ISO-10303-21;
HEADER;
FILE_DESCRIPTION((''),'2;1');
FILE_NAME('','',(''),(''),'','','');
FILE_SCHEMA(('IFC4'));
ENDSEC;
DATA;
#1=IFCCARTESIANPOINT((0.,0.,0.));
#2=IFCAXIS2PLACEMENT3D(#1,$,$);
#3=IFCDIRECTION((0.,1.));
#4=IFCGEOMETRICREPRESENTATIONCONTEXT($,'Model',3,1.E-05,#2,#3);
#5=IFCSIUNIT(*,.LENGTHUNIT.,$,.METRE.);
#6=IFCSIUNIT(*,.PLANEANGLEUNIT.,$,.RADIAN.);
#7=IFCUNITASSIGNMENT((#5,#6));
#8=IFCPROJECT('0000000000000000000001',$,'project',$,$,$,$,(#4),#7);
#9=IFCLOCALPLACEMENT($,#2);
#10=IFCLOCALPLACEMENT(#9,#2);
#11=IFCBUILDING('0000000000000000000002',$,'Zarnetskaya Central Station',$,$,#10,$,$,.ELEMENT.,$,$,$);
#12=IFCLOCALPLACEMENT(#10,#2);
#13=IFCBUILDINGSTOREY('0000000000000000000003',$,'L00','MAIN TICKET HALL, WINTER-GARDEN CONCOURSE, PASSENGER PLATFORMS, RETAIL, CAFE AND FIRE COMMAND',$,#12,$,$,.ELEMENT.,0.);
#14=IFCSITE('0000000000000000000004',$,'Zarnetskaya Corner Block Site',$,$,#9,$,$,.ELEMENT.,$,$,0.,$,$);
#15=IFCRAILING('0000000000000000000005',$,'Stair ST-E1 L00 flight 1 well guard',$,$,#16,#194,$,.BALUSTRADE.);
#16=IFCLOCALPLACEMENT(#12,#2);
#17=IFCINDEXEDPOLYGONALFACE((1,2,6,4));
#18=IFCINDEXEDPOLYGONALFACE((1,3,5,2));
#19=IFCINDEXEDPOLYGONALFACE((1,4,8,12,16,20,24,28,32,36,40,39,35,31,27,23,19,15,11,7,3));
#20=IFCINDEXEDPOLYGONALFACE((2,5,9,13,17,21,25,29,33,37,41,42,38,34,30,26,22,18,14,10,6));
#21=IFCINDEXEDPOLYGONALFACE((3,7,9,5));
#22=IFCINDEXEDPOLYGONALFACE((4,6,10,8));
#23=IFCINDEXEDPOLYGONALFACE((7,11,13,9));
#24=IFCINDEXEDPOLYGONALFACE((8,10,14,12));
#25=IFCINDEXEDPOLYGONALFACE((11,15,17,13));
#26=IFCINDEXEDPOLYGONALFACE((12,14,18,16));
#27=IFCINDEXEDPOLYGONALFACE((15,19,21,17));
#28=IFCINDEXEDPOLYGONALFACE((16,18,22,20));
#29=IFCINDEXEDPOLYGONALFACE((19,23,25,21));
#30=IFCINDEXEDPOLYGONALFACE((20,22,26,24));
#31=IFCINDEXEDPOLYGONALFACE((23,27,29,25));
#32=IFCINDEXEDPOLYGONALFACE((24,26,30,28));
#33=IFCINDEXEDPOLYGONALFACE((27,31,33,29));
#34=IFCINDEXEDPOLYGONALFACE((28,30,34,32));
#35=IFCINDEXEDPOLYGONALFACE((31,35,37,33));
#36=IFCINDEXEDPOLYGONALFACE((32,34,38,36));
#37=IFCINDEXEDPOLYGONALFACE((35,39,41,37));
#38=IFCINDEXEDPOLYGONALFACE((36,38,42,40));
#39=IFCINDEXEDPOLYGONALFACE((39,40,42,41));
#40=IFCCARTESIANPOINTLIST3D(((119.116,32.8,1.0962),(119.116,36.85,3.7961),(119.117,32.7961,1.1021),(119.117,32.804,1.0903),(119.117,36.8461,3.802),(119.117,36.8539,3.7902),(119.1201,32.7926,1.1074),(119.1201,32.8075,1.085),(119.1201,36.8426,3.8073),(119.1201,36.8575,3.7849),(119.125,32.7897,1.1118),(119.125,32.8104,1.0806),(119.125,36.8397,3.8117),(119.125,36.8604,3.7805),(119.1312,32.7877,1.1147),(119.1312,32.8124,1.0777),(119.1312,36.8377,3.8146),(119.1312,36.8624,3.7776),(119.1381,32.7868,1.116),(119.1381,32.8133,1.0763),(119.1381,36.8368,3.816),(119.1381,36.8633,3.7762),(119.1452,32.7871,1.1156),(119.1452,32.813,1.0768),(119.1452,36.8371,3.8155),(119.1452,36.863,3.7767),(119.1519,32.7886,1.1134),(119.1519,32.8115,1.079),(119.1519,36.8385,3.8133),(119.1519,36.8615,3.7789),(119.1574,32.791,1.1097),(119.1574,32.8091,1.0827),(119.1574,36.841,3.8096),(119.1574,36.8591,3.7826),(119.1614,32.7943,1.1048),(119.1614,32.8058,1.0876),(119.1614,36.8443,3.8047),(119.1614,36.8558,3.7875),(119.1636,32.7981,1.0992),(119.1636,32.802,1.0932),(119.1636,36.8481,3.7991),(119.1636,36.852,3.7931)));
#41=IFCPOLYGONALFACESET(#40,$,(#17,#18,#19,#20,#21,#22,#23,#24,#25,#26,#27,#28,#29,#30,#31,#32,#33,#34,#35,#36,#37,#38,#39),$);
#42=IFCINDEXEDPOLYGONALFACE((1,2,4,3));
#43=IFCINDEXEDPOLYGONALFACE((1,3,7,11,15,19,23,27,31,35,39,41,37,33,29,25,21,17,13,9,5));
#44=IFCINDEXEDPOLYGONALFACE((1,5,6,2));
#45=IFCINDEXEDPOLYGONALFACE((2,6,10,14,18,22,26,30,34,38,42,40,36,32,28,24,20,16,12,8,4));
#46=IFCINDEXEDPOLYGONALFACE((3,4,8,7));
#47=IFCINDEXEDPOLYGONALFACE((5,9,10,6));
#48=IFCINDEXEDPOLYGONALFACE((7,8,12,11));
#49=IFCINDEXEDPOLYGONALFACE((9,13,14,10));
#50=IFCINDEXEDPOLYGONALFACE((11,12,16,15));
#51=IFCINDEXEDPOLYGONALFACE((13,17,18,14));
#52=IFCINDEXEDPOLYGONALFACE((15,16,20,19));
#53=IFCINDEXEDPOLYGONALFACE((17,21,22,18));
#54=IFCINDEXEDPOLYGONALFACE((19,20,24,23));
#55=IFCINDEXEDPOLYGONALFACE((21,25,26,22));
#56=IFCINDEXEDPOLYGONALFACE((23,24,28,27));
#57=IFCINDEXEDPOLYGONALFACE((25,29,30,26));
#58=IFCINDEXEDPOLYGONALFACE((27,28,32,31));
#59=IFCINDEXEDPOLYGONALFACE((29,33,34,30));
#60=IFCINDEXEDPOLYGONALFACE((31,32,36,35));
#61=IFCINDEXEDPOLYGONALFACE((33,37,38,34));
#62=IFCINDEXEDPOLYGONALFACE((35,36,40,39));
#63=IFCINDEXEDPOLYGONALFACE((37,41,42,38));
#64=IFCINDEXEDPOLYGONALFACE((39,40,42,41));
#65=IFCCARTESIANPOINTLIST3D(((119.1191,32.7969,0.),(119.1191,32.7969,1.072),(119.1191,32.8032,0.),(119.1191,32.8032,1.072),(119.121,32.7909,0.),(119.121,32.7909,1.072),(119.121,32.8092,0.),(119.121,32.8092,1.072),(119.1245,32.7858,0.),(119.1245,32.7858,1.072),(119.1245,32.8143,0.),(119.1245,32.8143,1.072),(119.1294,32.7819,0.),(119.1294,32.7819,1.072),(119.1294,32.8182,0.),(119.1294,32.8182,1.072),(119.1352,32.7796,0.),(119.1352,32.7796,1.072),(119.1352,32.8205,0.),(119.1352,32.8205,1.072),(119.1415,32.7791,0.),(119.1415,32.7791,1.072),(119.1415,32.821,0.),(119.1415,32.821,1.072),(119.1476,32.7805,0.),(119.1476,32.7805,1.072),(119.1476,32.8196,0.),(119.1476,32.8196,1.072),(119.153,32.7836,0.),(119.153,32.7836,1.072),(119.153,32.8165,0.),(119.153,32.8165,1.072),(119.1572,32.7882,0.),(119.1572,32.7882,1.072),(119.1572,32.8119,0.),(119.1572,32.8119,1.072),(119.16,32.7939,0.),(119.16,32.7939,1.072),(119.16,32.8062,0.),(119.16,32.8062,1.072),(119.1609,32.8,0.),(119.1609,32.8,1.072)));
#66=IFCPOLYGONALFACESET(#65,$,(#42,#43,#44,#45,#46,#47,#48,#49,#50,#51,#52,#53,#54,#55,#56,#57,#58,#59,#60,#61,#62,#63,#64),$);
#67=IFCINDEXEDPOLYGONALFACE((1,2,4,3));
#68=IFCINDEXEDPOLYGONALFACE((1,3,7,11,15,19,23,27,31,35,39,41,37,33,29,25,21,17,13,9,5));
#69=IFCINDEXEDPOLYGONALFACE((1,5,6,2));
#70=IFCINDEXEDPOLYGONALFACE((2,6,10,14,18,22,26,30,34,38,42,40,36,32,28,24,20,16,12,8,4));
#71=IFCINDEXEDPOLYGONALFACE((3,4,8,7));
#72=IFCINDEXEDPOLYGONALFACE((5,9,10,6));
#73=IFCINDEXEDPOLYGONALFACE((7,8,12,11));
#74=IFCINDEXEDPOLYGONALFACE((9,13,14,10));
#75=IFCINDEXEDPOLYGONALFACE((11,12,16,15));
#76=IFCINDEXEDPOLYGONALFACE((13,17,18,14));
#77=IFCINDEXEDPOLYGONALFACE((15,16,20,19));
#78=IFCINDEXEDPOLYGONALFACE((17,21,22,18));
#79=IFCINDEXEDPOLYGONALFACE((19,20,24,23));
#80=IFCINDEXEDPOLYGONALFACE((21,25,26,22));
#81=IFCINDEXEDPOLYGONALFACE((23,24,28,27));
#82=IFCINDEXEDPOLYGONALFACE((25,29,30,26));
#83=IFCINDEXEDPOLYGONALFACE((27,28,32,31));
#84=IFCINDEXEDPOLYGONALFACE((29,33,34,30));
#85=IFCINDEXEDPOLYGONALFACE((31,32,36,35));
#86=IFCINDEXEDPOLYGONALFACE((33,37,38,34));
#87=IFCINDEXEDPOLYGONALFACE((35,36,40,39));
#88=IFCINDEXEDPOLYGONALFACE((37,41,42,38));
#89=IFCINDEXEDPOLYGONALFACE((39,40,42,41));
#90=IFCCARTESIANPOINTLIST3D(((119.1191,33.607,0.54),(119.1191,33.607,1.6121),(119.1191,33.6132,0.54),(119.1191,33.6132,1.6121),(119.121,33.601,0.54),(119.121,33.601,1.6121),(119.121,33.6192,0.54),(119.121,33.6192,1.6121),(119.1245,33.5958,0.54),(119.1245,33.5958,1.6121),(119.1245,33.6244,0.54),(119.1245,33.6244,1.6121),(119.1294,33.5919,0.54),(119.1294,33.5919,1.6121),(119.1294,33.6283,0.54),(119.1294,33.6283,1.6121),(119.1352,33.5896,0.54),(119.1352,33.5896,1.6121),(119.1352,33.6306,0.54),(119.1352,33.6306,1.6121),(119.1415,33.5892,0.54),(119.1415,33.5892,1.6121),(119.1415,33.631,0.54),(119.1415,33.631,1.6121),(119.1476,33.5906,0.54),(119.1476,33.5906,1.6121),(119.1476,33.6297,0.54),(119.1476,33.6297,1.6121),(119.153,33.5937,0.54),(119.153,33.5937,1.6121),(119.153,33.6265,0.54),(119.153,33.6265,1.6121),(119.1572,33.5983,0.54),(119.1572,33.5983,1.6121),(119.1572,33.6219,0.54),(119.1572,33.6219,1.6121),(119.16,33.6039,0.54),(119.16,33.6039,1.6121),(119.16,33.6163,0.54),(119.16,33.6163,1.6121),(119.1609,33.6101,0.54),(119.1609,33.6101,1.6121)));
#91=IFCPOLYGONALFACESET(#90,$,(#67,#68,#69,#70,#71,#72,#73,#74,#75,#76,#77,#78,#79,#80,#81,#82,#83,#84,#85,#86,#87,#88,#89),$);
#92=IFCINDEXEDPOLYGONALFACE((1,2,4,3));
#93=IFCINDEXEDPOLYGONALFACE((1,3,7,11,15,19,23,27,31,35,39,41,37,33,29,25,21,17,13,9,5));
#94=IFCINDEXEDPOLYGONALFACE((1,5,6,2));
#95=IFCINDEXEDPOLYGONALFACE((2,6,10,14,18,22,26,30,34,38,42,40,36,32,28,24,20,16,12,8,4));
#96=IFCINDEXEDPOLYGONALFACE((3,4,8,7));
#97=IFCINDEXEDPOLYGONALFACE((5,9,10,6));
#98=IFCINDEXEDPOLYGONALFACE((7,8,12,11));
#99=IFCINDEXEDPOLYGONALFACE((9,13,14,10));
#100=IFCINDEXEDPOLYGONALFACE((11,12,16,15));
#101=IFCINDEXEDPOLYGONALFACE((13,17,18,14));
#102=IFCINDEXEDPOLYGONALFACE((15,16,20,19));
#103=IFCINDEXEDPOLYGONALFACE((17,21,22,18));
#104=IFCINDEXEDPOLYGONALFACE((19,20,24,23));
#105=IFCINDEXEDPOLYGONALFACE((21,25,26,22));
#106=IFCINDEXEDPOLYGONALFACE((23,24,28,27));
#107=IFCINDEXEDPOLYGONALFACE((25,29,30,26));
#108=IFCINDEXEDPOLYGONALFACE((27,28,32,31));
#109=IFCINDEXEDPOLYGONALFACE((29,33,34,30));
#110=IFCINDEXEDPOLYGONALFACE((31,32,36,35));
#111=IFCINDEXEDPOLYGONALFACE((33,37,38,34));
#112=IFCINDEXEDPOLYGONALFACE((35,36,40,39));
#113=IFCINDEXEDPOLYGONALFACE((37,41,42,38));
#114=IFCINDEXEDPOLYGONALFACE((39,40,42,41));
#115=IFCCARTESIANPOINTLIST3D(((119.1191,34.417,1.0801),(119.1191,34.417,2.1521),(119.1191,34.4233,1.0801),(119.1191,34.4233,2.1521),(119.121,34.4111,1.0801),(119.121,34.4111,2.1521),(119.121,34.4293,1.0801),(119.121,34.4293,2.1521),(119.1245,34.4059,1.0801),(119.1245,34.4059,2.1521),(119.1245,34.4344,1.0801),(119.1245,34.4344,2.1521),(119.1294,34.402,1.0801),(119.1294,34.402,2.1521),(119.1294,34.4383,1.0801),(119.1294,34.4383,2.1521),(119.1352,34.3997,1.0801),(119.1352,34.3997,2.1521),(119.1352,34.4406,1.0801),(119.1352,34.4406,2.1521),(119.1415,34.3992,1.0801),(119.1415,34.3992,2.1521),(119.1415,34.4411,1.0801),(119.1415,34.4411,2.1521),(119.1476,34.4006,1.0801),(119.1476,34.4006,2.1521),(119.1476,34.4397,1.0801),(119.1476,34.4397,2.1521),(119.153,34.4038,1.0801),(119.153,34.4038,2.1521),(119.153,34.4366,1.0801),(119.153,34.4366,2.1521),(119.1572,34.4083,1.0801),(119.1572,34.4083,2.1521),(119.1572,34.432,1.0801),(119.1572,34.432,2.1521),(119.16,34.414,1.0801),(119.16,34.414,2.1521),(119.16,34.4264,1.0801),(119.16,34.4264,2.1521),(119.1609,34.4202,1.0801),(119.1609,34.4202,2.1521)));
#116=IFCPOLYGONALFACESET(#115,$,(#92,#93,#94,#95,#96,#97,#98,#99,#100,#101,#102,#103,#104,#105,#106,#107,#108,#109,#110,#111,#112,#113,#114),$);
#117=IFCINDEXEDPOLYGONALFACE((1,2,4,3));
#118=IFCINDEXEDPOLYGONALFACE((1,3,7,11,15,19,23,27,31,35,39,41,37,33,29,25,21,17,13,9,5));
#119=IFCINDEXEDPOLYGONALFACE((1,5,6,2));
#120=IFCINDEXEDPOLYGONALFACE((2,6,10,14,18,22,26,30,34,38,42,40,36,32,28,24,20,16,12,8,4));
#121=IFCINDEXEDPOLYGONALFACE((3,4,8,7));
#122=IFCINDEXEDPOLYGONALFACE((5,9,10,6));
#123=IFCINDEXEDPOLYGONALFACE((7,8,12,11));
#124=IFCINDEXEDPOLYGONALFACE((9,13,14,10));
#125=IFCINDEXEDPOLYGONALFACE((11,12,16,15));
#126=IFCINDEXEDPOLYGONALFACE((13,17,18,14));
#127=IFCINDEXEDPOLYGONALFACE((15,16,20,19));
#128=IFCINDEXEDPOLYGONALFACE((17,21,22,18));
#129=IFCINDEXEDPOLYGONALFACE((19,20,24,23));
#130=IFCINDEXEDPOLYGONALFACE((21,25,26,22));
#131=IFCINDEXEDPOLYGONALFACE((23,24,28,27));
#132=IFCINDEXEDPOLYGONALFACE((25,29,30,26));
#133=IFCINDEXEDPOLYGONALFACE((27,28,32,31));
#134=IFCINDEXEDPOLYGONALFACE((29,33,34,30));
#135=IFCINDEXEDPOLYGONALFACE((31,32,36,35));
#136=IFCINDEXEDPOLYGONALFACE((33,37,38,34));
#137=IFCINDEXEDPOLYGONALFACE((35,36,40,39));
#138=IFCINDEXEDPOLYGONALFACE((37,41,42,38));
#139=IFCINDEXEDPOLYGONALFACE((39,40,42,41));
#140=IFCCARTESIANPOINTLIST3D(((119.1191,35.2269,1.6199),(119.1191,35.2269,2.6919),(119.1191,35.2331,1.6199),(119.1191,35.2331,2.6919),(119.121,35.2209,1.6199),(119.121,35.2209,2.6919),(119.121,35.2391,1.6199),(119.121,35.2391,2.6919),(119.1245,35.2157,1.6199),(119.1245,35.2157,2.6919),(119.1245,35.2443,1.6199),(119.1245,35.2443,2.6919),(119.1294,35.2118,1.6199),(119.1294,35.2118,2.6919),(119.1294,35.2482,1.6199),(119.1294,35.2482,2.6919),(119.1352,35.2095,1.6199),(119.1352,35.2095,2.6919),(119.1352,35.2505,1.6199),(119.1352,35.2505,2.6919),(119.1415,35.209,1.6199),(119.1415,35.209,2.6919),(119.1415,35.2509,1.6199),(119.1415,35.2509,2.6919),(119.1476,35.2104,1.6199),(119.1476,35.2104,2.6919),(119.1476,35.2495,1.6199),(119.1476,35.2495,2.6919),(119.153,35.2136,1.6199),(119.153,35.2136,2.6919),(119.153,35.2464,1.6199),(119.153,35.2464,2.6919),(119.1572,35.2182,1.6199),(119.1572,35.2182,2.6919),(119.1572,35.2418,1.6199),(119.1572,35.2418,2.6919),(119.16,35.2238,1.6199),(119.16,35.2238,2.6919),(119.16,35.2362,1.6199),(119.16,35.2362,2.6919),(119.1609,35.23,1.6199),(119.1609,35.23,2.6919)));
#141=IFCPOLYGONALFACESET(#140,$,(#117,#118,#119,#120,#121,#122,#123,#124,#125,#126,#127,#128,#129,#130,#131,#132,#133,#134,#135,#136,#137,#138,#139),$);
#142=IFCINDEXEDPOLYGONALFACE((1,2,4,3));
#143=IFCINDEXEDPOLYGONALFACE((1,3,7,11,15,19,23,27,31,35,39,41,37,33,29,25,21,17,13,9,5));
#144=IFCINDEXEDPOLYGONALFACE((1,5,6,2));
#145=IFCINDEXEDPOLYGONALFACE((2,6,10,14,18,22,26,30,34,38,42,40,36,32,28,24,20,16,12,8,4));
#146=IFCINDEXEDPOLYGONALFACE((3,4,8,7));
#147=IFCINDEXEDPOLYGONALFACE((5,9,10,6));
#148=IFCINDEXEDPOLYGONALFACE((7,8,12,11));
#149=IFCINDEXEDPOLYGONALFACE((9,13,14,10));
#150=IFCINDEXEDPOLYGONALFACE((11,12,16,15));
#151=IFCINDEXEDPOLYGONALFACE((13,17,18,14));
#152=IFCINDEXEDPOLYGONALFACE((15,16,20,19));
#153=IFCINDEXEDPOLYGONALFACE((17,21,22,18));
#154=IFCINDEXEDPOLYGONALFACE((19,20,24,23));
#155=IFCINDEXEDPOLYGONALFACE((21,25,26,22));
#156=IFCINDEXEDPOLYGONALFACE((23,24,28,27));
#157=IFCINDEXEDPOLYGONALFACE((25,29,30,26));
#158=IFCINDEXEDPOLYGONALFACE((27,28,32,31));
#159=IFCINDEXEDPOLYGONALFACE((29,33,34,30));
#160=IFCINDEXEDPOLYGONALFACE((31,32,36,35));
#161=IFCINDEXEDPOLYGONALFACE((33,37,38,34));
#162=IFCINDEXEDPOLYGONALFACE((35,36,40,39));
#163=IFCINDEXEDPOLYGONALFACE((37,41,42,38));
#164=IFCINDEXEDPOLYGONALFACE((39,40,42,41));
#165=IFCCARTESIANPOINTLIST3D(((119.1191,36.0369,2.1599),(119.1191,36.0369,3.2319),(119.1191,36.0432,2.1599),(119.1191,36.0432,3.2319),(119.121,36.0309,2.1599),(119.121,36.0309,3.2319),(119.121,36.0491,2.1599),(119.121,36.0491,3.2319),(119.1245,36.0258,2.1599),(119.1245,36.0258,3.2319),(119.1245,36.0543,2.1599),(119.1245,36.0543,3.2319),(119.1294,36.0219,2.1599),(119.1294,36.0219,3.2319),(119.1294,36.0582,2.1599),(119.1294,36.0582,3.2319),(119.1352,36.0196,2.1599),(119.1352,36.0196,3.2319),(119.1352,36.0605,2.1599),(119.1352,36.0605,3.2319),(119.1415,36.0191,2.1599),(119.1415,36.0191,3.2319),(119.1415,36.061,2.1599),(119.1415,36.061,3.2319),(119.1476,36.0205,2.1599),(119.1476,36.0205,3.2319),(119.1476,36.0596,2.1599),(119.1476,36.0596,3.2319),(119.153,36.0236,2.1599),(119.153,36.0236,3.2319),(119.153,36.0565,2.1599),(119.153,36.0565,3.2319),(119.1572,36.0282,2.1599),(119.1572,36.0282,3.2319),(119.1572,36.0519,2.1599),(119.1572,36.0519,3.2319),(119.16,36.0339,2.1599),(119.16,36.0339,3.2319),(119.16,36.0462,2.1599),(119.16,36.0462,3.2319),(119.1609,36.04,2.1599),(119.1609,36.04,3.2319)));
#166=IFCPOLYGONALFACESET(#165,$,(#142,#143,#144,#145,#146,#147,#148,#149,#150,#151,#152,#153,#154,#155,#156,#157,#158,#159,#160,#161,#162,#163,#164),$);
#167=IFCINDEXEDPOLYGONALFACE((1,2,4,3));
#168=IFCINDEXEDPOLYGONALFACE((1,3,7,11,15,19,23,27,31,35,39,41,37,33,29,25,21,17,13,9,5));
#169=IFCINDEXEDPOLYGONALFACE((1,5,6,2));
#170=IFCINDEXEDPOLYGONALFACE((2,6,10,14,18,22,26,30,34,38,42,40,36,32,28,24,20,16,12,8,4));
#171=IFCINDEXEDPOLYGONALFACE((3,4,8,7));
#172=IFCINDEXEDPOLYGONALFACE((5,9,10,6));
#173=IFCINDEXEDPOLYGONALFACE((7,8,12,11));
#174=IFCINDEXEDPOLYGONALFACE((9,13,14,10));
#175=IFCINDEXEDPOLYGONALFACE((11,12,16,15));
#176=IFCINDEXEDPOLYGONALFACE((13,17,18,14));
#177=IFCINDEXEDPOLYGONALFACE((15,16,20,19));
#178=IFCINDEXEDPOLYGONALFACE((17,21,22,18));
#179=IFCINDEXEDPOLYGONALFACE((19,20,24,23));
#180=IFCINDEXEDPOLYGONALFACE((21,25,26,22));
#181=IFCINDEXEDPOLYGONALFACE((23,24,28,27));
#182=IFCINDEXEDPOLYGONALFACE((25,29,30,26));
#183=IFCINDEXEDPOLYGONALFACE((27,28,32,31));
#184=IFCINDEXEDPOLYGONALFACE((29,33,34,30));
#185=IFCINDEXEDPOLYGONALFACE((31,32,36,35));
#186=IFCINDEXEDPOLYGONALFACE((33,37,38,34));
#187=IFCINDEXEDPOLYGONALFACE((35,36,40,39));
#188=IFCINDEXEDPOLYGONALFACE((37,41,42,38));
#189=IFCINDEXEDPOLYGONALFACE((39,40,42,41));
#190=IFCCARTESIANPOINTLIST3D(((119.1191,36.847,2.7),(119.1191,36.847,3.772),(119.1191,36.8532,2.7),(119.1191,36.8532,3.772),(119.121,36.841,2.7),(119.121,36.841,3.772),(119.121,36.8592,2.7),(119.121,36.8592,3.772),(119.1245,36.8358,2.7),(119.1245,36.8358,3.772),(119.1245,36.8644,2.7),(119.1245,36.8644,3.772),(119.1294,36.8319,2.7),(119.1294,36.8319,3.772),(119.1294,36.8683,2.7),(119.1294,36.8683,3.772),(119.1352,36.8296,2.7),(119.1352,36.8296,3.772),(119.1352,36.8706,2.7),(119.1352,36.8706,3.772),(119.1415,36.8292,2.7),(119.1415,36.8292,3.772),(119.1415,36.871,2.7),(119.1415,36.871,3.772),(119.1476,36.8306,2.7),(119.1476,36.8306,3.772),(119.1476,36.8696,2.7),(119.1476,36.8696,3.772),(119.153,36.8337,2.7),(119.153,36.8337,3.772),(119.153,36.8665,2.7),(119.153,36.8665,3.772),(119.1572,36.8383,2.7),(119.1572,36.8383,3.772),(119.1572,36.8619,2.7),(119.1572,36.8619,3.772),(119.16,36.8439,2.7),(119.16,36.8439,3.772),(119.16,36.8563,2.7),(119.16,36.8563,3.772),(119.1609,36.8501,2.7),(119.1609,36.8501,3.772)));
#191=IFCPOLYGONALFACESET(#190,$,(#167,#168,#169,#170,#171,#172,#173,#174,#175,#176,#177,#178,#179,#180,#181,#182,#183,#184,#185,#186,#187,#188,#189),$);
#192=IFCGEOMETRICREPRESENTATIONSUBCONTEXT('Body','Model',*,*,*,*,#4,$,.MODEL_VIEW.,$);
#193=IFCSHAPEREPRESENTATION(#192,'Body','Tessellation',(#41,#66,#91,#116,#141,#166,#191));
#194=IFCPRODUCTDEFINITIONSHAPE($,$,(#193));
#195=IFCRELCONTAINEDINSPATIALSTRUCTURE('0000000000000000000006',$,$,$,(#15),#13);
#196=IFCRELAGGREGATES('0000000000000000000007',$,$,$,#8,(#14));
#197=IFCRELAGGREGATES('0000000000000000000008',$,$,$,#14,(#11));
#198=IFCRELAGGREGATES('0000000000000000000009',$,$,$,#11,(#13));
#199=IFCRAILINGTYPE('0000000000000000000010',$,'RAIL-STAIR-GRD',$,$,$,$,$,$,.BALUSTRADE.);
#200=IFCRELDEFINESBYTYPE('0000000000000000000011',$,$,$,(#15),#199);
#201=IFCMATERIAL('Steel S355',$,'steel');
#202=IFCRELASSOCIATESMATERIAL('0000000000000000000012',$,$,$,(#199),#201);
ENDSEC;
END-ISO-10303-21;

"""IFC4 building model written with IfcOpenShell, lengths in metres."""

from ifc_helpers import new_model, si_unit, direction, frame, origin, origin_2d, place, context, subcontext, project, spatial, circle, extrude, material, type_object, element, save


model = new_model("IFC4")

# Units and contexts
model_context = context("Model", 3, precision=1e-05, world=origin(), true_north=direction((0.0, 1.0)))
body_context = subcontext(model_context, "Body", "Model", "MODEL_VIEW")
ifc_project = project(units=[si_unit("LENGTHUNIT", "METRE"), si_unit("PLANEANGLEUNIT", "RADIAN")], contexts=[model_context])

# Site, building, storey
site_placement = place(None, origin())
site = spatial("IfcSite", under=ifc_project, at=site_placement, Name="Zarnetskaya Corner Block Site", CompositionType="ELEMENT", RefElevation=0.0)
building_placement = place(site_placement, origin())
building = spatial("IfcBuilding", under=site, at=building_placement, Name="Zarnetskaya Central Station", CompositionType="ELEMENT")
storey_placement = place(building_placement, origin())
storey = spatial("IfcBuildingStorey", under=building, at=storey_placement, Name="L00", Description="MAIN TICKET HALL, WINTER-GARDEN CONCOURSE, PASSENGER PLATFORMS, RETAIL, CAFE AND FIRE COMMAND", CompositionType="ELEMENT", Elevation=0.0)

# Shared definitions
ifc_material_1 = material(Name="Steel S355", Category="steel")

# Railing
railing_type_1 = type_object("IfcRailingType", Name="RAIL-STAIR-GRD", PredefinedType="BALUSTRADE", material=ifc_material_1)
railing_1_placement = place(storey_placement, frame((119.1399, 32.8, 0.0)))
element("IfcRailing", 1, at=railing_1_placement, inside=storey, type_object=railing_type_1, Name="Stair ST-E1 L00 flight 1 well guard", PredefinedType="BALUSTRADE", context=body_context, shape_type="SweptSolid", body=[
    extrude(circle(Radius=0.0239, at=origin_2d()), frame((0.0, 0.0, 1.0962), z_axis=(0.0, 0.832058, 0.554689), x_axis=(-1.0, 0.0, 0.0)), (0.0, 0.0, 1.0), 4.8674),
    extrude(circle(Radius=0.021, at=origin_2d()), origin(), (0.0, 0.0, 1.0), 1.072),
    extrude(circle(Radius=0.021, at=origin_2d()), frame((0.0, 0.8101, 0.54)), (0.0, 0.0, 1.0), 1.072),
    extrude(circle(Radius=0.021, at=origin_2d()), frame((0.0, 1.6201, 1.0801)), (0.0, 0.0, 1.0), 1.072),
    extrude(circle(Radius=0.021, at=origin_2d()), frame((0.0, 2.4299, 1.6199)), (0.0, 0.0, 1.0), 1.072),
    extrude(circle(Radius=0.021, at=origin_2d()), frame((0.0, 3.24, 2.1599)), (0.0, 0.0, 1.0), 1.072),
    extrude(circle(Radius=0.021, at=origin_2d()), frame((0.0, 4.05, 2.7)), (0.0, 0.0, 1.0), 1.072),
])

save(model, "model.ifc")
